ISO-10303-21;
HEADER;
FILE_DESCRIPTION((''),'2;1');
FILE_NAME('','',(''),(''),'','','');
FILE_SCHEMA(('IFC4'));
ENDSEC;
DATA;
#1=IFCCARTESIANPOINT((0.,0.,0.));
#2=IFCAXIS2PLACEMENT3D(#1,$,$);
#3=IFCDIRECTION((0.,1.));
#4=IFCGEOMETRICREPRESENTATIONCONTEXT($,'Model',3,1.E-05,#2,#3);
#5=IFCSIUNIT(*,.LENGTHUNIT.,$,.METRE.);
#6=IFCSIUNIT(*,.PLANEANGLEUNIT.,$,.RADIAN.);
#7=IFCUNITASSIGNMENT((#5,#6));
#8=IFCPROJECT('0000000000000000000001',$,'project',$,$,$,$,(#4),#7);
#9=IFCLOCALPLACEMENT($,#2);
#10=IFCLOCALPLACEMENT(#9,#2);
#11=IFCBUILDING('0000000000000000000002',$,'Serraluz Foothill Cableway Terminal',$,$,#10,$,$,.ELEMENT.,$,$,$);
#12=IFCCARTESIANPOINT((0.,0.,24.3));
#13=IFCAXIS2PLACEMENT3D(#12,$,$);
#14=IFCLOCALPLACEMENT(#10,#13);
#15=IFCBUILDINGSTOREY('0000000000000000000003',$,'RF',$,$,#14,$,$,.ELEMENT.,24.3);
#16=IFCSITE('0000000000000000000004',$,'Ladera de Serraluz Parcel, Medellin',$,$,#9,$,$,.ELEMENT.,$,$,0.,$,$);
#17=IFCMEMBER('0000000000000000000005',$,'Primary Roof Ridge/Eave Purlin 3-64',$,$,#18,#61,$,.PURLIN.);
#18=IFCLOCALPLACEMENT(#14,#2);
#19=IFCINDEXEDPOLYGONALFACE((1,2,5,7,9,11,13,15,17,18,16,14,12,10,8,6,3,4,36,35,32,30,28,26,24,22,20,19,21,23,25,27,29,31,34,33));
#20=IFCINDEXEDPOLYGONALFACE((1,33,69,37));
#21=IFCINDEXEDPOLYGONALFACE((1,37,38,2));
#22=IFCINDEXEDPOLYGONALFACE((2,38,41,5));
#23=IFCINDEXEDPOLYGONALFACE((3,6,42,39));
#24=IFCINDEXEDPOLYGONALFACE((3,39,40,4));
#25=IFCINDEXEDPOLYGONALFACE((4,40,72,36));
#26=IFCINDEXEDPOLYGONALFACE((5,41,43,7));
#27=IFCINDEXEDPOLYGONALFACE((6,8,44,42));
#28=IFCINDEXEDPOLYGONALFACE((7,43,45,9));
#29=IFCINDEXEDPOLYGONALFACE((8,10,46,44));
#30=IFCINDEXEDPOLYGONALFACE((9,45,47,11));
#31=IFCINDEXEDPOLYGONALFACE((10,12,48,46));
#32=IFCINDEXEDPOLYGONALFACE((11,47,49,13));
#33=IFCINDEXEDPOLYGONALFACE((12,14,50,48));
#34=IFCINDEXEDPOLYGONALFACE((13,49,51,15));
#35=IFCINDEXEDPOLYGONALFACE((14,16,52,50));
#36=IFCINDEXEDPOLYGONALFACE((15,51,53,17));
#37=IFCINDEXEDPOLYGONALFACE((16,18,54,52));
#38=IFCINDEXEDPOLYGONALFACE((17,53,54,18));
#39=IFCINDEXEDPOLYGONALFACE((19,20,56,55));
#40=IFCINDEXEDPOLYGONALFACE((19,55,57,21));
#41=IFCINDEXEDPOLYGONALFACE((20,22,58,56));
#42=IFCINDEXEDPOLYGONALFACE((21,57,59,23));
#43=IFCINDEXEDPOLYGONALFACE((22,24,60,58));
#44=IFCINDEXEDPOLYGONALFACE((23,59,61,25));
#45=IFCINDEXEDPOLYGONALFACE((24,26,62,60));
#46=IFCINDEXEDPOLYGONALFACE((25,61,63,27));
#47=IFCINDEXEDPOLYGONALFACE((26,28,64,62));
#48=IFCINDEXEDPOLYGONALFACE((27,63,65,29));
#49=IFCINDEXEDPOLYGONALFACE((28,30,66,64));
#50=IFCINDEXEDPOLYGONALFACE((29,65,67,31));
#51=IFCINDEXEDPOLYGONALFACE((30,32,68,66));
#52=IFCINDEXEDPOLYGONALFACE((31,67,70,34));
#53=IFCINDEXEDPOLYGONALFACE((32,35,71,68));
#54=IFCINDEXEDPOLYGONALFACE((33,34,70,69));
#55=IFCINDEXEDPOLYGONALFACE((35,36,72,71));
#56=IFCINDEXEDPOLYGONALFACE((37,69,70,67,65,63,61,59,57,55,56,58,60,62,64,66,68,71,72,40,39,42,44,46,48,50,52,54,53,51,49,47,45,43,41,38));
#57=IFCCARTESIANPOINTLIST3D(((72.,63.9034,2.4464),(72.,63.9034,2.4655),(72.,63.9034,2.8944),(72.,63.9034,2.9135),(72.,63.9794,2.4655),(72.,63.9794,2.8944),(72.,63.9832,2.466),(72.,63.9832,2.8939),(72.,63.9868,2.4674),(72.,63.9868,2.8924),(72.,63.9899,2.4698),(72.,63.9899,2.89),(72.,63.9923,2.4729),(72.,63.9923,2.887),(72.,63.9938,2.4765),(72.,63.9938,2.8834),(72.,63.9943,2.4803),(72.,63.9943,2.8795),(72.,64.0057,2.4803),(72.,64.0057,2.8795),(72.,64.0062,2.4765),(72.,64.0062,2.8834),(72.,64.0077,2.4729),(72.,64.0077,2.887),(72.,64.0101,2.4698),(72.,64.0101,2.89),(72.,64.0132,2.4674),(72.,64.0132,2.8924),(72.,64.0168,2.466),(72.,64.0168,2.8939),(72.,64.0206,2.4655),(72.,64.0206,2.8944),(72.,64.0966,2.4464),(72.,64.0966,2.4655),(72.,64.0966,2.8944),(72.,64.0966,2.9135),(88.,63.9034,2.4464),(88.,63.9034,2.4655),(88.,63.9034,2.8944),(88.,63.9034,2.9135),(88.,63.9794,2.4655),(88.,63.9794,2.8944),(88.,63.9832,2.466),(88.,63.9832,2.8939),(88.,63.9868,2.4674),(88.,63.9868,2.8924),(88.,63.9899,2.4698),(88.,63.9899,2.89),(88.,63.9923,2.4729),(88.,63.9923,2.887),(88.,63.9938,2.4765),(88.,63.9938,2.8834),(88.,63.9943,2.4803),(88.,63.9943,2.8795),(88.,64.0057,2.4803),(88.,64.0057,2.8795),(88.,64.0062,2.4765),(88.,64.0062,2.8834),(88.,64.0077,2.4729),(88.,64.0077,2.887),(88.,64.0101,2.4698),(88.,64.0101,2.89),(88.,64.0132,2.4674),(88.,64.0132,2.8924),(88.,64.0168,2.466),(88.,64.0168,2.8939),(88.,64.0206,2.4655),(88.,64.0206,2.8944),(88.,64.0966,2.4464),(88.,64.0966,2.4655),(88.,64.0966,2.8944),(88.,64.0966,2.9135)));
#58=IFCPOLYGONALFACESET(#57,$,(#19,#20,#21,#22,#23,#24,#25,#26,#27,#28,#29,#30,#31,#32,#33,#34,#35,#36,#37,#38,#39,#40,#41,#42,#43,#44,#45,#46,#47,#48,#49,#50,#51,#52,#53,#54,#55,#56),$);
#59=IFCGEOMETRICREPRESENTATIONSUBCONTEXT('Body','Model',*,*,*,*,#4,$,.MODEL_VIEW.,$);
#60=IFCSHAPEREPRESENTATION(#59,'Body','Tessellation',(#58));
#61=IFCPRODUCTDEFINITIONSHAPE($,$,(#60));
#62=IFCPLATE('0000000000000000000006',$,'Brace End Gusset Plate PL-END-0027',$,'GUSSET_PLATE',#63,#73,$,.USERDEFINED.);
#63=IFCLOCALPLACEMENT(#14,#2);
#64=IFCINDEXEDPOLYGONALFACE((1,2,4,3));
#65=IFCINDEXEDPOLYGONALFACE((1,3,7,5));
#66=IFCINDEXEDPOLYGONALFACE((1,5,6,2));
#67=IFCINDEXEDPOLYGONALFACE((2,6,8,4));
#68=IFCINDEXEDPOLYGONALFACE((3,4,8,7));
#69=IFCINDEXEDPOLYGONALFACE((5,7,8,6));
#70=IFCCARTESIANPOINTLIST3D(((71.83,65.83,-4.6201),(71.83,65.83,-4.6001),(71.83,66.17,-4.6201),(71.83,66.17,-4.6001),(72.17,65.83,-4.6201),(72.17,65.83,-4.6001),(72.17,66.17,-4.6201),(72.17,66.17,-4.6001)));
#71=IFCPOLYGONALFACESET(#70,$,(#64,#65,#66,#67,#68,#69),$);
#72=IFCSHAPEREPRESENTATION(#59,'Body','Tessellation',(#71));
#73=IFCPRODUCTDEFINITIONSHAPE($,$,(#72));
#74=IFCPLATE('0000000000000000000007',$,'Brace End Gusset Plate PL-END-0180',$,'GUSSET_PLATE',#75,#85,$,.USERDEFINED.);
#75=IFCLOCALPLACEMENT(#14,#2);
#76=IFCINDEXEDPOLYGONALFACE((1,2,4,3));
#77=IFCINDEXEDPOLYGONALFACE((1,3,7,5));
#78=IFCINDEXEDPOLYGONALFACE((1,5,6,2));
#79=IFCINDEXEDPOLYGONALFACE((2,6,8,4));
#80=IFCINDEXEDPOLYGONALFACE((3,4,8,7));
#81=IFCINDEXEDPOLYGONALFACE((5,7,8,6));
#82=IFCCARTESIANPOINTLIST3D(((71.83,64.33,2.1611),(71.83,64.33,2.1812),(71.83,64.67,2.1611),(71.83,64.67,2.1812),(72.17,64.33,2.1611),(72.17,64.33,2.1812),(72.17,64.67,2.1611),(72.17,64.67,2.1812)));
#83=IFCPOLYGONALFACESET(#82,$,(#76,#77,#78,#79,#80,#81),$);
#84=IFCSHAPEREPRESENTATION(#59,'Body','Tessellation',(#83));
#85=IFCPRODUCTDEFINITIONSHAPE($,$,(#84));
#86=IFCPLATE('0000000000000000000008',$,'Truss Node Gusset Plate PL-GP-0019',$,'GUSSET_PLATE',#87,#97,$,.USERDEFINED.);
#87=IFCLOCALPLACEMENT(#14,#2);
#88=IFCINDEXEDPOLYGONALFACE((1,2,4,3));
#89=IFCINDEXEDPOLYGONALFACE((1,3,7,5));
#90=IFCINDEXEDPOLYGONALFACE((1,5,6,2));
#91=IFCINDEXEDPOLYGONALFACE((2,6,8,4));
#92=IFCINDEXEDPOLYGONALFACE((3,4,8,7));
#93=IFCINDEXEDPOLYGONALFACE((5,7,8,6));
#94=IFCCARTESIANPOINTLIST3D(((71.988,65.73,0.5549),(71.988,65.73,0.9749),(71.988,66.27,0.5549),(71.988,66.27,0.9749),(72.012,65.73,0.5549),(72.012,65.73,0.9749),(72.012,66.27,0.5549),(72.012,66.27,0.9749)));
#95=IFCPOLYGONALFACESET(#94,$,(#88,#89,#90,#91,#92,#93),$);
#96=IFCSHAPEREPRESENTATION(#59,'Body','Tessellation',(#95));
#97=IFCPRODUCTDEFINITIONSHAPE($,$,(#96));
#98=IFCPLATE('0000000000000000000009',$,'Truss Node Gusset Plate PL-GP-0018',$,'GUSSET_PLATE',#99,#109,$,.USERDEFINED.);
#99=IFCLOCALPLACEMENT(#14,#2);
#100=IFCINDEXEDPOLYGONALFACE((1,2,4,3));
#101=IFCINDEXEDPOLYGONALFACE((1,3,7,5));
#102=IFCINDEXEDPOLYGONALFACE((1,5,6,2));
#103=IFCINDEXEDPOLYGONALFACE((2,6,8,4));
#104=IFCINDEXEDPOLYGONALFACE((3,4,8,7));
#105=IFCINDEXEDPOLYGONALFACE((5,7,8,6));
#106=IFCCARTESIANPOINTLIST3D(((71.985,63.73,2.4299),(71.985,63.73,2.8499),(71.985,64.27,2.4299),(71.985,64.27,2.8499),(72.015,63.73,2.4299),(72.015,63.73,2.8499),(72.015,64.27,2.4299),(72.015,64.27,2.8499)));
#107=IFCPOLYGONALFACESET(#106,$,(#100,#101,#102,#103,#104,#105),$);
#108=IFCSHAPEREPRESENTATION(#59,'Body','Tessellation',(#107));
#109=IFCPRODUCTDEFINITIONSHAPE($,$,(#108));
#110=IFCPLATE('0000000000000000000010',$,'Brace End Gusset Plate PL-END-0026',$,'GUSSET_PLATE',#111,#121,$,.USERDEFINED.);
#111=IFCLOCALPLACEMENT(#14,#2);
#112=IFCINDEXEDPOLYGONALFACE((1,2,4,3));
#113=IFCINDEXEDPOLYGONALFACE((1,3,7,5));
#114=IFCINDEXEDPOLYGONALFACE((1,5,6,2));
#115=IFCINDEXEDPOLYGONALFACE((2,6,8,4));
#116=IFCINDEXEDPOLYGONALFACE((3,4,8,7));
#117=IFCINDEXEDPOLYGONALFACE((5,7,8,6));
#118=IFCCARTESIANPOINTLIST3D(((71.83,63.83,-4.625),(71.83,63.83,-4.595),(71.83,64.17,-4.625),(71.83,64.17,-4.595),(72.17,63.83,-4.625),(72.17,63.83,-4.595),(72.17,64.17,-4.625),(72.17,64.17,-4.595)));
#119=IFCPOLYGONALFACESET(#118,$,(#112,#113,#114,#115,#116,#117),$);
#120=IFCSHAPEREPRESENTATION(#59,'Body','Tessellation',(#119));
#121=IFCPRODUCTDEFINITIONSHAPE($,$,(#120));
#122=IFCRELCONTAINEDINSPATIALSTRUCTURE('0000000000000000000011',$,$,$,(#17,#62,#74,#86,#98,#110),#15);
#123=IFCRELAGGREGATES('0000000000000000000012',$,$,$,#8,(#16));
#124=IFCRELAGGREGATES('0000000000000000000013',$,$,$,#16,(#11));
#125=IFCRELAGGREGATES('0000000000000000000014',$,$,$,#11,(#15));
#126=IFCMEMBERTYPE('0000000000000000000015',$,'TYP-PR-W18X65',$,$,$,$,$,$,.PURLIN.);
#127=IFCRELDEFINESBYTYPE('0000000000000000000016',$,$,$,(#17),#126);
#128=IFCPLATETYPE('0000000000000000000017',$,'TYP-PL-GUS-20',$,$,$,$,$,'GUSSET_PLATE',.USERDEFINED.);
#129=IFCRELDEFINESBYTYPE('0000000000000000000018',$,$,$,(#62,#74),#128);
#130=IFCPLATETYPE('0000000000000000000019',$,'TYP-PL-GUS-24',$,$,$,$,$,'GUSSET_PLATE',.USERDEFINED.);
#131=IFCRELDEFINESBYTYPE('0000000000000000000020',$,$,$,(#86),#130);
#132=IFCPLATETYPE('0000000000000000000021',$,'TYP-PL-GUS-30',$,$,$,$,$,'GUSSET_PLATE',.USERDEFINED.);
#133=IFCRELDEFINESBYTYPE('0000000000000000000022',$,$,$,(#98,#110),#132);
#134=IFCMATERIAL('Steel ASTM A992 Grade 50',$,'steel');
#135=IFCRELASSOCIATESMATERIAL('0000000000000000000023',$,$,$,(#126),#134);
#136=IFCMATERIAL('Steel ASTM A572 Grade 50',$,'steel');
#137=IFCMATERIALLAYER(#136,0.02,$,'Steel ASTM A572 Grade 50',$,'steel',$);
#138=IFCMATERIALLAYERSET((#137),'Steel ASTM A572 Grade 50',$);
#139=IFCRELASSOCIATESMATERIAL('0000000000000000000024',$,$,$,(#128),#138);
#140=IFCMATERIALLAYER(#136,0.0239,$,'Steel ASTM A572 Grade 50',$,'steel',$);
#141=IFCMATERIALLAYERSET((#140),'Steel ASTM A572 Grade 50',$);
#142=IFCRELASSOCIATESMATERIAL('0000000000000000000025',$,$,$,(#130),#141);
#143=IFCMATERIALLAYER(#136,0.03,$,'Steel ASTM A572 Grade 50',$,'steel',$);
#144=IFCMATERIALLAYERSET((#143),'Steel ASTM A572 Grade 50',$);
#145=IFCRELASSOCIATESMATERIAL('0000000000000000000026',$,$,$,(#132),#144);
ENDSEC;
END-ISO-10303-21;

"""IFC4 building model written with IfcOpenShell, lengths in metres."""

from ifc_helpers import new_model, si_unit, direction, frame, origin, origin_2d, place, context, subcontext, project, spatial, rectangle, i_section, extrude, material, layer, layer_set, material_profile, profile_set, type_object, element, save


model = new_model("IFC4")

# Units and contexts
model_context = context("Model", 3, precision=1e-05, world=origin(), true_north=direction((0.0, 1.0)))
body_context = subcontext(model_context, "Body", "Model", "MODEL_VIEW")
ifc_project = project(units=[si_unit("LENGTHUNIT", "METRE"), si_unit("PLANEANGLEUNIT", "RADIAN")], contexts=[model_context])

# Site, building, storey
site_placement = place(None, origin())
site = spatial("IfcSite", under=ifc_project, at=site_placement, Name="Ladera de Serraluz Parcel, Medellin", CompositionType="ELEMENT", RefElevation=0.0)
building_placement = place(site_placement, origin())
building = spatial("IfcBuilding", under=site, at=building_placement, Name="Serraluz Foothill Cableway Terminal", CompositionType="ELEMENT")
storey_placement = place(building_placement, frame((0.0, 0.0, 24.3)))
storey = spatial("IfcBuildingStorey", under=building, at=storey_placement, Name="RF", CompositionType="ELEMENT", Elevation=24.3)

# Member
ifc_material_1 = material(Name="Steel ASTM A572 Grade 50", Category="steel")
ifc_material_2 = material(Name="Steel ASTM A992 Grade 50", Category="steel")
ifc_material_profile_1 = material_profile(ifc_material_2, i_section(OverallWidth=0.1931, OverallDepth=0.467, WebThickness=0.0115, FlangeThickness=0.019, FilletRadius=0.0149, at=origin_2d()), Name="W18X65")
ifc_profile_set_1 = profile_set([ifc_material_profile_1], Name="Steel ASTM A992 Grade 50")
member_type_1 = type_object("IfcMemberType", Name="TYP-PR-W18X65", PredefinedType="PURLIN", material=ifc_profile_set_1)
member_1_placement = place(storey_placement, frame((72.0, 64.0, 2.6799), z_axis=(1.0, 0.0, 0.0), x_axis=(0.0, 1.0, 0.0)))
element("IfcMember", 1, at=member_1_placement, inside=storey, type_object=member_type_1, Name="Primary Roof Ridge/Eave Purlin 3-64", PredefinedType="PURLIN", context=body_context, shape_type="SweptSolid", body=[
    extrude(i_section(OverallWidth=0.1931, OverallDepth=0.467, WebThickness=0.0115, FlangeThickness=0.019, FilletRadius=0.0149, at=origin_2d()), origin(), (0.0, 0.0, 1.0), 16.0),
])

# Plates
ifc_layer_1 = layer(ifc_material_1, 0.02, Name="Steel ASTM A572 Grade 50", Category="steel")
ifc_layer_set_1 = layer_set([ifc_layer_1], Name="Steel ASTM A572 Grade 50")
plate_type_1 = type_object("IfcPlateType", Name="TYP-PL-GUS-20", ElementType="GUSSET_PLATE", PredefinedType="USERDEFINED", material=ifc_layer_set_1)
for number, where, z_axis, x_axis, name in (
    (2, (72.0, 66.0, -4.6201), (0.0, 0.0, 1.0), (1.0, 0.0, 0.0), "Brace End Gusset Plate PL-END-0027"),
    (3, (72.0, 64.5, 2.1611), (0.0, 0.0, 1.0), (1.0, 0.0, 0.0), "Brace End Gusset Plate PL-END-0180"),
):
    element("IfcPlate", number, at=place(storey_placement, frame(where, z_axis=z_axis, x_axis=x_axis)), inside=storey, type_object=plate_type_1, Name=name, ObjectType="GUSSET_PLATE", PredefinedType="USERDEFINED", context=body_context, shape_type="SweptSolid", body=[
        extrude(rectangle(XDim=0.3401, YDim=0.3401, at=origin_2d()), origin(), (0.0, 0.0, 1.0), 0.02),
    ])
ifc_layer_2 = layer(ifc_material_1, 0.0239, Name="Steel ASTM A572 Grade 50", Category="steel")
ifc_layer_set_2 = layer_set([ifc_layer_2], Name="Steel ASTM A572 Grade 50")
plate_type_2 = type_object("IfcPlateType", Name="TYP-PL-GUS-24", ElementType="GUSSET_PLATE", PredefinedType="USERDEFINED", material=ifc_layer_set_2)
plate_1_placement = place(storey_placement, frame((72.0, 66.0, 0.5549), z_axis=(0.0, 0.0, 1.0), x_axis=(1.0, 0.0, 0.0)))
element("IfcPlate", 4, at=plate_1_placement, inside=storey, type_object=plate_type_2, Name="Truss Node Gusset Plate PL-GP-0019", ObjectType="GUSSET_PLATE", PredefinedType="USERDEFINED", context=body_context, shape_type="SweptSolid", body=[
    extrude(rectangle(XDim=0.0239, YDim=0.54, at=origin_2d()), origin(), (0.0, 0.0, 1.0), 0.4199),
])
ifc_layer_3 = layer(ifc_material_1, 0.03, Name="Steel ASTM A572 Grade 50", Category="steel")
ifc_layer_set_3 = layer_set([ifc_layer_3], Name="Steel ASTM A572 Grade 50")
plate_type_3 = type_object("IfcPlateType", Name="TYP-PL-GUS-30", ElementType="GUSSET_PLATE", PredefinedType="USERDEFINED", material=ifc_layer_set_3)
plate_2_placement = place(storey_placement, frame((72.0, 64.0, 2.4299), z_axis=(0.0, 0.0, 1.0), x_axis=(1.0, 0.0, 0.0)))
element("IfcPlate", 5, at=plate_2_placement, inside=storey, type_object=plate_type_3, Name="Truss Node Gusset Plate PL-GP-0018", ObjectType="GUSSET_PLATE", PredefinedType="USERDEFINED", context=body_context, shape_type="SweptSolid", body=[
    extrude(rectangle(XDim=0.03, YDim=0.54, at=origin_2d()), origin(), (0.0, 0.0, 1.0), 0.4199),
])
plate_3_placement = place(storey_placement, frame((72.0, 64.0, -4.625), z_axis=(0.0, 0.0, 1.0), x_axis=(1.0, 0.0, 0.0)))
element("IfcPlate", 6, at=plate_3_placement, inside=storey, type_object=plate_type_3, Name="Brace End Gusset Plate PL-END-0026", ObjectType="GUSSET_PLATE", PredefinedType="USERDEFINED", context=body_context, shape_type="SweptSolid", body=[
    extrude(rectangle(XDim=0.3401, YDim=0.3401, at=origin_2d()), origin(), (0.0, 0.0, 1.0), 0.03),
])

save(model, "model.ifc")
